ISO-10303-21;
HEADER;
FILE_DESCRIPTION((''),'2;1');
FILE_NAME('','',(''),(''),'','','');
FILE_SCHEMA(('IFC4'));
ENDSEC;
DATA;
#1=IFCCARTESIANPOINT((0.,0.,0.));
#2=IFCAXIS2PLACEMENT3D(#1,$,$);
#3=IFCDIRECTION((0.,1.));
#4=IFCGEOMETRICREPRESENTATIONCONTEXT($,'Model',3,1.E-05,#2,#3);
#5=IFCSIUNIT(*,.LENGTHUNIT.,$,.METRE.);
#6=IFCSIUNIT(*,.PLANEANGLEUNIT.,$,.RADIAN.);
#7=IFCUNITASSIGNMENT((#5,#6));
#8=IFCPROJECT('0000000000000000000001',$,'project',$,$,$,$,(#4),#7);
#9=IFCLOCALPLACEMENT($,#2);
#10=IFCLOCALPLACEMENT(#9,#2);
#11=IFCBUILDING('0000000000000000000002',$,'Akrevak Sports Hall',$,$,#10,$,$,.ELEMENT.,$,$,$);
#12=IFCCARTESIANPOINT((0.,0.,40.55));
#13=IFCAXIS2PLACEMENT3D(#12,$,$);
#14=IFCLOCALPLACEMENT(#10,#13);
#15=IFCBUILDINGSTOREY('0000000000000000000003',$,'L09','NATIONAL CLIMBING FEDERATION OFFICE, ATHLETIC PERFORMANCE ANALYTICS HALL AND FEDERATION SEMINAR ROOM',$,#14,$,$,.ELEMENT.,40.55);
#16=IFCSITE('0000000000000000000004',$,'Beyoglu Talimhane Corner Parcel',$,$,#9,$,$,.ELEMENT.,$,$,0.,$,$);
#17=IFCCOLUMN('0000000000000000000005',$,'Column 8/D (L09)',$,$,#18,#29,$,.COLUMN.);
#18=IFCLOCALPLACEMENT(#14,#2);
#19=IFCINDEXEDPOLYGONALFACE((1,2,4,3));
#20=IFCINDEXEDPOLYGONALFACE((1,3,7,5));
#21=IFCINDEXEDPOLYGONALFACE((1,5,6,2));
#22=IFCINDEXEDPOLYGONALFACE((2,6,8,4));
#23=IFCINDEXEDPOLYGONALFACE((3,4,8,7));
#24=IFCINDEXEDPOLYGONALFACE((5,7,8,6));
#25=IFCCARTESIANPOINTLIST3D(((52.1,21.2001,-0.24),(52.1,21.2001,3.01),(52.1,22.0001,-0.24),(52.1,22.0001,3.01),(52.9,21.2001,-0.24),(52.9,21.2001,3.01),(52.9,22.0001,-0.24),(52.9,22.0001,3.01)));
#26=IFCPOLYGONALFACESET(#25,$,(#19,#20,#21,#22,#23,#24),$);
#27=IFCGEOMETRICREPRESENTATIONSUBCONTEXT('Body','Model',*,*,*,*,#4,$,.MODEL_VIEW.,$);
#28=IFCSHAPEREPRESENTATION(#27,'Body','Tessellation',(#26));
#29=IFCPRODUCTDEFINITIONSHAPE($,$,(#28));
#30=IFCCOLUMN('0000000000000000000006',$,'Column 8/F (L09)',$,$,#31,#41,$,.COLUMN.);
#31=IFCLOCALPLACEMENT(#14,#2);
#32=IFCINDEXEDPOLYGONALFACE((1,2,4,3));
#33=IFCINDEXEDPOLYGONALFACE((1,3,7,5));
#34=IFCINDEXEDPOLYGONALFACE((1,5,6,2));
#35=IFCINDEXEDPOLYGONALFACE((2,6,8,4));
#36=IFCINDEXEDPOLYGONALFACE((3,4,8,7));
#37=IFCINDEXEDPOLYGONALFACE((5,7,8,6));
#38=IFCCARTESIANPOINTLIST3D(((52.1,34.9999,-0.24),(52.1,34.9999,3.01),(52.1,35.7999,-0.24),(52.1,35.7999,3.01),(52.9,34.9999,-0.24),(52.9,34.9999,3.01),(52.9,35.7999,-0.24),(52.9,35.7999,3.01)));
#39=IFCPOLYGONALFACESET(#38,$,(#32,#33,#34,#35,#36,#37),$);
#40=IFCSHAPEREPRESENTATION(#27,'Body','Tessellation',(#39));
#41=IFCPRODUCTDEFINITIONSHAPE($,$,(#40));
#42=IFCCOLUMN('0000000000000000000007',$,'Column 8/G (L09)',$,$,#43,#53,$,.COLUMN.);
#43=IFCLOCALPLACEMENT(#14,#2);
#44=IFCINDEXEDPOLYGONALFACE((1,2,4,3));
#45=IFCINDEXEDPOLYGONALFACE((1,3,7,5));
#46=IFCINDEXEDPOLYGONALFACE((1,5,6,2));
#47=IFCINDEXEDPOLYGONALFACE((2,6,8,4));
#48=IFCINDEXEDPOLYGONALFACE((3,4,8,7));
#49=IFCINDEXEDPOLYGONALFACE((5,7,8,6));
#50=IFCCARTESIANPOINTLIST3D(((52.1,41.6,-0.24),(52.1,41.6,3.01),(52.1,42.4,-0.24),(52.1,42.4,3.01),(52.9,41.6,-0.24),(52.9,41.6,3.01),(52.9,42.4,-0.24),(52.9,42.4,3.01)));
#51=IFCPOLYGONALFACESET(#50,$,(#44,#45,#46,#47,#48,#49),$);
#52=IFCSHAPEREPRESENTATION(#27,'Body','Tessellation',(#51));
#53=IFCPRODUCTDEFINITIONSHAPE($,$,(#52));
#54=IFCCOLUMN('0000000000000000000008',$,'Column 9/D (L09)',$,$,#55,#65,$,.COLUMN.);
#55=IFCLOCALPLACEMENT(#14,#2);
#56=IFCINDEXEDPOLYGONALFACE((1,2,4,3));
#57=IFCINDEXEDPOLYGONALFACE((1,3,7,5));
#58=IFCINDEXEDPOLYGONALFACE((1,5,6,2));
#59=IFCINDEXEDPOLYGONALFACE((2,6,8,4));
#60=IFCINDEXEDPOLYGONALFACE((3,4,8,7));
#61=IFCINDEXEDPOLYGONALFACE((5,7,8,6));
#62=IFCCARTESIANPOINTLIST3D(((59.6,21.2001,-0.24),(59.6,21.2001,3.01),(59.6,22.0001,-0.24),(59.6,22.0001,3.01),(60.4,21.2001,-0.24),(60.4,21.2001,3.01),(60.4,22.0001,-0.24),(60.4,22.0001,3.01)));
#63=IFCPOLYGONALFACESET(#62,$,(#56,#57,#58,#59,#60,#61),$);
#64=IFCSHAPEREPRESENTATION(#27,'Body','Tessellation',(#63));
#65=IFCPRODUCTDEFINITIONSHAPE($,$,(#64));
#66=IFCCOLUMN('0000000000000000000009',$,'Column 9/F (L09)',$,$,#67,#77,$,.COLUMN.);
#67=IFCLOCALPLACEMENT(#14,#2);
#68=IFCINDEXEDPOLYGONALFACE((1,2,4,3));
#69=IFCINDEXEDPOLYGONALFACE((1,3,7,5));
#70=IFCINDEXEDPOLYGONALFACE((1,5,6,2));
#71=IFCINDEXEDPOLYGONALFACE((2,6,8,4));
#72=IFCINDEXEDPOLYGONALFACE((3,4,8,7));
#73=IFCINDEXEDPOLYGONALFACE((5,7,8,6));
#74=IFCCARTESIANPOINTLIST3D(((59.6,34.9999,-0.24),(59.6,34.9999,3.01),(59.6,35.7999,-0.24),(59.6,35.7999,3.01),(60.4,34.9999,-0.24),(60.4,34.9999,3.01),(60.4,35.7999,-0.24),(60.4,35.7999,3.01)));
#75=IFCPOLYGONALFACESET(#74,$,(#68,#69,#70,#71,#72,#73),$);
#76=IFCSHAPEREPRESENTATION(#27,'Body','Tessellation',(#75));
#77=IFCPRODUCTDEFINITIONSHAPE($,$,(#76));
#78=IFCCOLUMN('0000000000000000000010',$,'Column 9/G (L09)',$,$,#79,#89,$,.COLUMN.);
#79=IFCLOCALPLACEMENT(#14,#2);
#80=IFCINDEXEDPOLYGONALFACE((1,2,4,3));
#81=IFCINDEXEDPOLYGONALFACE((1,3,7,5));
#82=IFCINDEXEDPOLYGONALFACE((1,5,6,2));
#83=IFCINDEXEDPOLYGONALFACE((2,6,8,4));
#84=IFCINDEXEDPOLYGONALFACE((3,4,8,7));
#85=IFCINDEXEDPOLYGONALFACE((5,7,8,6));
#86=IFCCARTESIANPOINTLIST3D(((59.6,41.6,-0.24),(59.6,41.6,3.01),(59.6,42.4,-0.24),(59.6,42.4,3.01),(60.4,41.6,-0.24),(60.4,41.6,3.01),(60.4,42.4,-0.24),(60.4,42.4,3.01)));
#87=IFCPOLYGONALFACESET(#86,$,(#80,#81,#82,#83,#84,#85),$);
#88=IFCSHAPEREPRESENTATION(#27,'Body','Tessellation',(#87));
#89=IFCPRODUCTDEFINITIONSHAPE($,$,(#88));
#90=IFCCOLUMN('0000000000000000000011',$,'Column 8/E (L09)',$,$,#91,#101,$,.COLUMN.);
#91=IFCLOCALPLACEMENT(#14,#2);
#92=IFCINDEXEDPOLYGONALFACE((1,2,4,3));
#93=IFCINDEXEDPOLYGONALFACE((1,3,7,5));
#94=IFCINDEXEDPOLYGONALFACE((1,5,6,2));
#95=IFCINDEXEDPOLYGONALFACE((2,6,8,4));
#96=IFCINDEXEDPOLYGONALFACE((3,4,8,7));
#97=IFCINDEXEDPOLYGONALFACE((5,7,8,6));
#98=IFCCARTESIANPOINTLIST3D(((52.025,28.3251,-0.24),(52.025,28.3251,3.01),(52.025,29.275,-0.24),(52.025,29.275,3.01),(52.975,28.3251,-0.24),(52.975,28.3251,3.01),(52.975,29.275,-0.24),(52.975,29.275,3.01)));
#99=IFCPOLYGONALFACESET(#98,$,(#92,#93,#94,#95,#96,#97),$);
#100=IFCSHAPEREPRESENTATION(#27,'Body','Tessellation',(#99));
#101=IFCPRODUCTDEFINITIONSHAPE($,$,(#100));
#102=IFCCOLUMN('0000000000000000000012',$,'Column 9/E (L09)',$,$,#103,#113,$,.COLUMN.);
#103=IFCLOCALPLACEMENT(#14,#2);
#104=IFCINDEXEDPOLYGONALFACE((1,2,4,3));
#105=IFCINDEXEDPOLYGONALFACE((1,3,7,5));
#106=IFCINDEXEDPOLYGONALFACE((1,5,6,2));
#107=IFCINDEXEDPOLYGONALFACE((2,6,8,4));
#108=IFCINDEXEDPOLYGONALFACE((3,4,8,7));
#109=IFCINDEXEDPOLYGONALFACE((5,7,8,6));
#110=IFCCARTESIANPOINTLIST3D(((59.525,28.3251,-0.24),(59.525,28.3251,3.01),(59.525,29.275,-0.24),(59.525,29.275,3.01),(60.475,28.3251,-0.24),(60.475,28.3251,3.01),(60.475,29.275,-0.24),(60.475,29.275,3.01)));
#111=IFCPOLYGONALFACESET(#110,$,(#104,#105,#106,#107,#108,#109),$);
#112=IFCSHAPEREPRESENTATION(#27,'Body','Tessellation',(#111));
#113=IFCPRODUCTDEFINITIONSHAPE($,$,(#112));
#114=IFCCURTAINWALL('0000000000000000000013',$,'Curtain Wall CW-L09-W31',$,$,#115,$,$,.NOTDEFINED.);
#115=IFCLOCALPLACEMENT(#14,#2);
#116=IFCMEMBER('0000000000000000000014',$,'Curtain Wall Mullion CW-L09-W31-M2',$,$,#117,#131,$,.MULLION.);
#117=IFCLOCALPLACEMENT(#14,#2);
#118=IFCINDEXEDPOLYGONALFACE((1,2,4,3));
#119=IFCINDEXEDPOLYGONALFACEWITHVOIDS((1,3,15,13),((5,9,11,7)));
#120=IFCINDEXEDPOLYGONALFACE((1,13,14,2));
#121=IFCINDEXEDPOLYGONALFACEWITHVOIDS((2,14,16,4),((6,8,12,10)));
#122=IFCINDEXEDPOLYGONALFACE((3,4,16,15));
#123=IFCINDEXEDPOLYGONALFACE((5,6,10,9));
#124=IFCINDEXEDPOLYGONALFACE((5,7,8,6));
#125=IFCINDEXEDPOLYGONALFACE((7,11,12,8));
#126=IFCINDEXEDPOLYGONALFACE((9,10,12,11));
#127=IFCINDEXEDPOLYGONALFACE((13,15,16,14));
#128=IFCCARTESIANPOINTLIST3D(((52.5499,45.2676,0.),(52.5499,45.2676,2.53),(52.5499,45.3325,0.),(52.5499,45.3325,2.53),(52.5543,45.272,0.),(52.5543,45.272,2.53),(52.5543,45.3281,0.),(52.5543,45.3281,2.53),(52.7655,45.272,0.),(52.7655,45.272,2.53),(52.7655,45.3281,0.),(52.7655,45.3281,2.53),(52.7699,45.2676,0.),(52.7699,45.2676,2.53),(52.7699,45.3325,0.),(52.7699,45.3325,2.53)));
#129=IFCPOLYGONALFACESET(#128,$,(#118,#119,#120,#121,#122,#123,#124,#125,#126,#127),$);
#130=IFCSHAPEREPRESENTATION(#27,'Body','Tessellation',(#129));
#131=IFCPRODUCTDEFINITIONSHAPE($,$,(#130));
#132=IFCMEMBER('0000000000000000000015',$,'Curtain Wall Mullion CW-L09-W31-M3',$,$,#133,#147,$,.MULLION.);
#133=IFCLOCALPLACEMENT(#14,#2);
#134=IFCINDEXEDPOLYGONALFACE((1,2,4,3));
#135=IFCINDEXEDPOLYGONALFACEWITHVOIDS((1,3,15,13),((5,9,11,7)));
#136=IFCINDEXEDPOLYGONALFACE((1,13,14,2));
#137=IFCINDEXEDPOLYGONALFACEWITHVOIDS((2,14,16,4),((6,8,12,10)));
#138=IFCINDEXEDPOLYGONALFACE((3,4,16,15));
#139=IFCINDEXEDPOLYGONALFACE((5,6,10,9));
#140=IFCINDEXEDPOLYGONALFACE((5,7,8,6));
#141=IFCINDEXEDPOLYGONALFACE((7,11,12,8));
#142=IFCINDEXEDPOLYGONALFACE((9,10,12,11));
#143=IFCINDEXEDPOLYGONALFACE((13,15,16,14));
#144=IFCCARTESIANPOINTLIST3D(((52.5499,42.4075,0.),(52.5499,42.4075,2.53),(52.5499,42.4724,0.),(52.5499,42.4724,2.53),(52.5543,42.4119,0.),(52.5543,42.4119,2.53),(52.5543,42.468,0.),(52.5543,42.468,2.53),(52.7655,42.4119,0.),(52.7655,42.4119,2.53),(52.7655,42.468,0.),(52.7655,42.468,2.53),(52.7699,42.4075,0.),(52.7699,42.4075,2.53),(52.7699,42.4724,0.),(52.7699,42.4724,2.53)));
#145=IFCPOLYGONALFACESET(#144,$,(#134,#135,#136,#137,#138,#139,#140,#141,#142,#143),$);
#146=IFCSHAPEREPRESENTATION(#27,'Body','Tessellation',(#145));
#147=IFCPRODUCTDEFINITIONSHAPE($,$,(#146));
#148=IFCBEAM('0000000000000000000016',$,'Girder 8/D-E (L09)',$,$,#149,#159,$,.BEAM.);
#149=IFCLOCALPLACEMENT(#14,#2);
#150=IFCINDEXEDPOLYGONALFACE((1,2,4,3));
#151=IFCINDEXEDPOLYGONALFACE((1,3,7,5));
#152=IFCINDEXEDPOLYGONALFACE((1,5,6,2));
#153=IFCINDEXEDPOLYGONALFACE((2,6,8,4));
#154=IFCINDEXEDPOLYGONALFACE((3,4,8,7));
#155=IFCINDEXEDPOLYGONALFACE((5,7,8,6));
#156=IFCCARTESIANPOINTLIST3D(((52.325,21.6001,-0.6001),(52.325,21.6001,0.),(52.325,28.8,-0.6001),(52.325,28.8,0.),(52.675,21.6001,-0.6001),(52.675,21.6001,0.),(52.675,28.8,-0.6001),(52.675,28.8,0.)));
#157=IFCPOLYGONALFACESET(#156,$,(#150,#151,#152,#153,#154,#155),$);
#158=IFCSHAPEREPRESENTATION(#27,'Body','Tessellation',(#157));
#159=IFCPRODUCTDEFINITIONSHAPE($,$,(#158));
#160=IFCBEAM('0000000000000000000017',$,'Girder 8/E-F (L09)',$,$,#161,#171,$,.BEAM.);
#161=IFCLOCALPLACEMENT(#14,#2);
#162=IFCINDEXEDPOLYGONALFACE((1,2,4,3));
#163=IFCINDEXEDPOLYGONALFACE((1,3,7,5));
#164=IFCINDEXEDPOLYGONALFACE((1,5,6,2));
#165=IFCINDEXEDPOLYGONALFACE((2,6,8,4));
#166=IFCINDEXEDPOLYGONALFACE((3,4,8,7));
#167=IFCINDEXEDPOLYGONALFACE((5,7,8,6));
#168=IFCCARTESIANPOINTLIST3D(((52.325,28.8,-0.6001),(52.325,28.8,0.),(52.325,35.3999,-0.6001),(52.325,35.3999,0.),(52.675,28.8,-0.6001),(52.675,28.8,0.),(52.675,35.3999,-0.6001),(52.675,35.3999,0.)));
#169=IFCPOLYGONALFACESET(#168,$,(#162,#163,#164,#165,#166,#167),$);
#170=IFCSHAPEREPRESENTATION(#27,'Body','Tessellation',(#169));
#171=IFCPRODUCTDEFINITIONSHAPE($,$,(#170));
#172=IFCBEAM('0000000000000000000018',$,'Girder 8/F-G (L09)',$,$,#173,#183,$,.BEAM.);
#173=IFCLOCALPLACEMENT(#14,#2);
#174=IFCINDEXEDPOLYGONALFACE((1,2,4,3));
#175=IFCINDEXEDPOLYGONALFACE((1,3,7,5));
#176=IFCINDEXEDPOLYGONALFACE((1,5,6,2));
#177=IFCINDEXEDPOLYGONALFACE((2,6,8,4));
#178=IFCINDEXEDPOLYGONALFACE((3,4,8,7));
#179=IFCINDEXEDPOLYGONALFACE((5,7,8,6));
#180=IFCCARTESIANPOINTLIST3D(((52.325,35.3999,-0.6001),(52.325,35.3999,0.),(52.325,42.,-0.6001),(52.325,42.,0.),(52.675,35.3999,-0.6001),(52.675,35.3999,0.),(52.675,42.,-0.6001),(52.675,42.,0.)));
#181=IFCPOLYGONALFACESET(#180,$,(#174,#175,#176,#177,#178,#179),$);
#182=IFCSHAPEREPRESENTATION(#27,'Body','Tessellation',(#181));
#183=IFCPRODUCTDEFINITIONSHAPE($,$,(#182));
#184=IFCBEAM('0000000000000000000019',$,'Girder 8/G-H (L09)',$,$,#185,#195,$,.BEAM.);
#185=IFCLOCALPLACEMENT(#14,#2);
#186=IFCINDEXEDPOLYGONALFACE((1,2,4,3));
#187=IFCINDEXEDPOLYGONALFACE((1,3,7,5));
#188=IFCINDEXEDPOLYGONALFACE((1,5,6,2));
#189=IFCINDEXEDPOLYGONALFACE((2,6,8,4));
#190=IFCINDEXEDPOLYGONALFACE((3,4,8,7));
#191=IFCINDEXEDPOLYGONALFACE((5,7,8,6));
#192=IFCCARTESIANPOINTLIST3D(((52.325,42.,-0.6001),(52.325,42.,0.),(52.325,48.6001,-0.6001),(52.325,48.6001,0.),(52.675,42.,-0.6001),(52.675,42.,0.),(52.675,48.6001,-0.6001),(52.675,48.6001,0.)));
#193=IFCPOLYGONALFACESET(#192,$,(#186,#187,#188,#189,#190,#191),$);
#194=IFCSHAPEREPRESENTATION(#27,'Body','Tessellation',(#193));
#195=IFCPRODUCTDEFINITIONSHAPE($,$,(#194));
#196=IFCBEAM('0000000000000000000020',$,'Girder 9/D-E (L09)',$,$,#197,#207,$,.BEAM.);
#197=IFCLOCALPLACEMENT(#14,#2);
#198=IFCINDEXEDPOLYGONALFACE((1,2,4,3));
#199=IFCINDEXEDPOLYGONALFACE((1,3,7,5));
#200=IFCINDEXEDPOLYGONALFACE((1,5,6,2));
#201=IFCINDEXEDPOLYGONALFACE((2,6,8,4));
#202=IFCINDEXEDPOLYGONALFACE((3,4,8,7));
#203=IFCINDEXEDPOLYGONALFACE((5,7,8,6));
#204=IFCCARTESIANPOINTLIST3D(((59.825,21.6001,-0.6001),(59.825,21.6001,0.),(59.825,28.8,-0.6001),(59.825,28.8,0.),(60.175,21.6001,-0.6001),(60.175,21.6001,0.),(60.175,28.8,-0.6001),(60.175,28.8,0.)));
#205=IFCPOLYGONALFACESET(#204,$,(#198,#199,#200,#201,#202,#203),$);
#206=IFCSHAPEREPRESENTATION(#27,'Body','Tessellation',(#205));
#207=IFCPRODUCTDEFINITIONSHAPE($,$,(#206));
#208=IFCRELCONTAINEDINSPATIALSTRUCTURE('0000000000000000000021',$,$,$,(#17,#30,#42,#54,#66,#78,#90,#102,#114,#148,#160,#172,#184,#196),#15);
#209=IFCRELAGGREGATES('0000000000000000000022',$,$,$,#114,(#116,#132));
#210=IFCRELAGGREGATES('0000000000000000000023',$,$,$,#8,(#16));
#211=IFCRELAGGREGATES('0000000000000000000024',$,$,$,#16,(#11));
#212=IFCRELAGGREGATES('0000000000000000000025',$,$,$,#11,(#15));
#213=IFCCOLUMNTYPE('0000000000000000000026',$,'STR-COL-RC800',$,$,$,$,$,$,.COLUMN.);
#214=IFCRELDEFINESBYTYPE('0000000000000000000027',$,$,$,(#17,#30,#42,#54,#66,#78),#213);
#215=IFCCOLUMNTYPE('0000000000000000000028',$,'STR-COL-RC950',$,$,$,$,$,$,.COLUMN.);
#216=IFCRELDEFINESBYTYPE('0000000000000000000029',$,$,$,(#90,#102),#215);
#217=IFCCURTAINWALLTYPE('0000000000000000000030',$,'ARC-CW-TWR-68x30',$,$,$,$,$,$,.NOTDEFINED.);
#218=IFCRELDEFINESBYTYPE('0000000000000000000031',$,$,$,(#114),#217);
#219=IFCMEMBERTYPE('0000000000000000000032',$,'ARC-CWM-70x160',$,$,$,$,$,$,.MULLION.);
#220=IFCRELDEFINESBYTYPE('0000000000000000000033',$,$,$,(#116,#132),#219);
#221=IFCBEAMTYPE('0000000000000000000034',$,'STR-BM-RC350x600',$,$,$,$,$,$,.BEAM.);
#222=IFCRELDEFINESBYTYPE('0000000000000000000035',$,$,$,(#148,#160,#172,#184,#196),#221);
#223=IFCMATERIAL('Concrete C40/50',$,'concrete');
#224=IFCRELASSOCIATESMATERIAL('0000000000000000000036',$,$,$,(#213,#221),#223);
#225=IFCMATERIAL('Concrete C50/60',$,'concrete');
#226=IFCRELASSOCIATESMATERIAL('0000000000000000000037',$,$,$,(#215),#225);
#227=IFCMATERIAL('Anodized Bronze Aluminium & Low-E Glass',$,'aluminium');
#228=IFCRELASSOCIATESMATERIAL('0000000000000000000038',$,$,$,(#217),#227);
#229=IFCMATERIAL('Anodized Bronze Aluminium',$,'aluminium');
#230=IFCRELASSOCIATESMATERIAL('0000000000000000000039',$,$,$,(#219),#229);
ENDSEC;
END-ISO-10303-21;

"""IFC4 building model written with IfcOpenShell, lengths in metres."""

from ifc_helpers import new_model, si_unit, direction, frame, origin, origin_2d, place, context, subcontext, project, spatial, rectangle, hollow_rectangle, extrude, material, material_profile, profile_set, type_object, element, aggregate, save


model = new_model("IFC4")

# Units and contexts
model_context = context("Model", 3, precision=1e-05, world=origin(), true_north=direction((0.0, 1.0)))
body_context = subcontext(model_context, "Body", "Model", "MODEL_VIEW")
ifc_project = project(units=[si_unit("LENGTHUNIT", "METRE"), si_unit("PLANEANGLEUNIT", "RADIAN")], contexts=[model_context])

# Site, building, storey
site_placement = place(None, origin())
site = spatial("IfcSite", under=ifc_project, at=site_placement, Name="Beyoglu Talimhane Corner Parcel", CompositionType="ELEMENT", RefElevation=0.0)
building_placement = place(site_placement, origin())
building = spatial("IfcBuilding", under=site, at=building_placement, Name="Akrevak Sports Hall", CompositionType="ELEMENT")
storey_placement = place(building_placement, frame((0.0, 0.0, 40.55)))
storey = spatial("IfcBuildingStorey", under=building, at=storey_placement, Name="L09", Description="NATIONAL CLIMBING FEDERATION OFFICE, ATHLETIC PERFORMANCE ANALYTICS HALL AND FEDERATION SEMINAR ROOM", CompositionType="ELEMENT", Elevation=40.55)

# Columns
ifc_material_1 = material(Name="Concrete C40/50", Category="concrete")
ifc_material_profile_1 = material_profile(ifc_material_1, rectangle(XDim=0.8, YDim=0.8, at=origin_2d()), Name="RC 800x800", Category="concrete")
ifc_profile_set_1 = profile_set([ifc_material_profile_1], Name="Concrete C40/50")
column_type_1 = type_object("IfcColumnType", Name="STR-COL-RC800", PredefinedType="COLUMN", material=ifc_profile_set_1)
for number, where, z_axis, x_axis, name in (
    (1, (52.5, 21.6001, -0.24), (0.0, 0.0, 1.0), (1.0, 0.0, 0.0), "Column 8/D (L09)"),
    (2, (52.5, 35.3999, -0.24), (0.0, 0.0, 1.0), (1.0, 0.0, 0.0), "Column 8/F (L09)"),
    (3, (52.5, 42.0, -0.24), (0.0, 0.0, 1.0), (1.0, 0.0, 0.0), "Column 8/G (L09)"),
    (4, (60.0, 21.6001, -0.24), (0.0, 0.0, 1.0), (1.0, 0.0, 0.0), "Column 9/D (L09)"),
    (5, (60.0, 35.3999, -0.24), (0.0, 0.0, 1.0), (1.0, 0.0, 0.0), "Column 9/F (L09)"),
    (6, (60.0, 42.0, -0.24), (0.0, 0.0, 1.0), (1.0, 0.0, 0.0), "Column 9/G (L09)"),
):
    element("IfcColumn", number, at=place(storey_placement, frame(where, z_axis=z_axis, x_axis=x_axis)), inside=storey, type_object=column_type_1, Name=name, PredefinedType="COLUMN", context=body_context, shape_type="SweptSolid", body=[
        extrude(rectangle(XDim=0.8, YDim=0.8, at=origin_2d()), origin(), (0.0, 0.0, 1.0), 3.25),
    ])
ifc_material_2 = material(Name="Concrete C50/60", Category="concrete")
ifc_material_profile_2 = material_profile(ifc_material_2, rectangle(XDim=0.95, YDim=0.95, at=origin_2d()), Name="RC 950x950", Category="concrete")
ifc_profile_set_2 = profile_set([ifc_material_profile_2], Name="Concrete C50/60")
column_type_2 = type_object("IfcColumnType", Name="STR-COL-RC950", PredefinedType="COLUMN", material=ifc_profile_set_2)
for number, where, z_axis, x_axis, name in (
    (7, (52.5, 28.8, -0.24), (0.0, 0.0, 1.0), (1.0, 0.0, 0.0), "Column 8/E (L09)"),
    (8, (60.0, 28.8, -0.24), (0.0, 0.0, 1.0), (1.0, 0.0, 0.0), "Column 9/E (L09)"),
):
    element("IfcColumn", number, at=place(storey_placement, frame(where, z_axis=z_axis, x_axis=x_axis)), inside=storey, type_object=column_type_2, Name=name, PredefinedType="COLUMN", context=body_context, shape_type="SweptSolid", body=[
        extrude(rectangle(XDim=0.95, YDim=0.95, at=origin_2d()), origin(), (0.0, 0.0, 1.0), 3.25),
    ])

# Curtain wall, members
ifc_material_3 = material(Name="Anodized Bronze Aluminium & Low-E Glass", Category="aluminium")
curtain_wall_type = type_object("IfcCurtainWallType", Name="ARC-CW-TWR-68x30", PredefinedType="NOTDEFINED", material=ifc_material_3)
curtain_wall_placement = place(storey_placement, origin())
curtain_wall = element("IfcCurtainWall", 9, at=curtain_wall_placement, inside=storey, type_object=curtain_wall_type, Name="Curtain Wall CW-L09-W31", PredefinedType="NOTDEFINED")
ifc_material_4 = material(Name="Anodized Bronze Aluminium", Category="aluminium")
ifc_material_profile_3 = material_profile(ifc_material_4, hollow_rectangle(XDim=0.0649, YDim=0.22, WallThickness=0.0044, at=origin_2d()), Name="CWM 65x220", Category="aluminium")
ifc_profile_set_3 = profile_set([ifc_material_profile_3], Name="Anodized Bronze Aluminium")
member_type = type_object("IfcMemberType", Name="ARC-CWM-70x160", PredefinedType="MULLION", material=ifc_profile_set_3)
member_1_placement = place(storey_placement, frame((52.6599, 45.3, 0.0), z_axis=(0.0, 0.0, 1.0), x_axis=(0.0, -1.0, 0.0)))
member_1 = element("IfcMember", 10, at=member_1_placement, type_object=member_type, Name="Curtain Wall Mullion CW-L09-W31-M2", PredefinedType="MULLION", context=body_context, shape_type="SweptSolid", body=[
    extrude(hollow_rectangle(XDim=0.0649, YDim=0.22, WallThickness=0.0044, at=origin_2d()), origin(), (0.0, 0.0, 1.0), 2.53),
])
member_2_placement = place(storey_placement, frame((52.6599, 42.4399, 0.0), z_axis=(0.0, 0.0, 1.0), x_axis=(0.0, -1.0, 0.0)))
member_2 = element("IfcMember", 11, at=member_2_placement, type_object=member_type, Name="Curtain Wall Mullion CW-L09-W31-M3", PredefinedType="MULLION", context=body_context, shape_type="SweptSolid", body=[
    extrude(hollow_rectangle(XDim=0.0649, YDim=0.22, WallThickness=0.0044, at=origin_2d()), origin(), (0.0, 0.0, 1.0), 2.53),
])

# Beams
ifc_material_profile_4 = material_profile(ifc_material_1, rectangle(XDim=0.3501, YDim=0.6001, at=origin_2d()), Name="BM 350x600", Category="concrete")
ifc_profile_set_4 = profile_set([ifc_material_profile_4], Name="Concrete C40/50")
beam_type_1 = type_object("IfcBeamType", Name="STR-BM-RC350x600", PredefinedType="BEAM", material=ifc_profile_set_4)
beam_1_placement = place(storey_placement, frame((52.5, 21.6001, -0.3), z_axis=(0.0, 1.0, 0.0), x_axis=(-1.0, 0.0, 0.0)))
element("IfcBeam", 12, at=beam_1_placement, inside=storey, type_object=beam_type_1, Name="Girder 8/D-E (L09)", PredefinedType="BEAM", context=body_context, shape_type="SweptSolid", body=[
    extrude(rectangle(XDim=0.3501, YDim=0.6001, at=origin_2d()), origin(), (0.0, 0.0, 1.0), 7.2),
])
beam_2_placement = place(storey_placement, frame((52.5, 28.8, -0.3), z_axis=(0.0, 1.0, 0.0), x_axis=(-1.0, 0.0, 0.0)))
element("IfcBeam", 13, at=beam_2_placement, inside=storey, type_object=beam_type_1, Name="Girder 8/E-F (L09)", PredefinedType="BEAM", context=body_context, shape_type="SweptSolid", body=[
    extrude(rectangle(XDim=0.3501, YDim=0.6001, at=origin_2d()), origin(), (0.0, 0.0, 1.0), 6.5999),
])
for number, where, z_axis, x_axis, name in (
    (14, (52.5, 35.3999, -0.3), (0.0, 1.0, 0.0), (-1.0, 0.0, 0.0), "Girder 8/F-G (L09)"),
    (15, (52.5, 42.0, -0.3), (0.0, 1.0, 0.0), (-1.0, 0.0, 0.0), "Girder 8/G-H (L09)"),
):
    element("IfcBeam", number, at=place(storey_placement, frame(where, z_axis=z_axis, x_axis=x_axis)), inside=storey, type_object=beam_type_1, Name=name, PredefinedType="BEAM", context=body_context, shape_type="SweptSolid", body=[
        extrude(rectangle(XDim=0.3501, YDim=0.6001, at=origin_2d()), origin(), (0.0, 0.0, 1.0), 6.6001),
    ])
beam_3_placement = place(storey_placement, frame((60.0, 21.6001, -0.3), z_axis=(0.0, 1.0, 0.0), x_axis=(-1.0, 0.0, 0.0)))
element("IfcBeam", 16, at=beam_3_placement, inside=storey, type_object=beam_type_1, Name="Girder 9/D-E (L09)", PredefinedType="BEAM", context=body_context, shape_type="SweptSolid", body=[
    extrude(rectangle(XDim=0.3501, YDim=0.6001, at=origin_2d()), origin(), (0.0, 0.0, 1.0), 7.2),
])

aggregate(curtain_wall, [member_1, member_2])

save(model, "model.ifc")
